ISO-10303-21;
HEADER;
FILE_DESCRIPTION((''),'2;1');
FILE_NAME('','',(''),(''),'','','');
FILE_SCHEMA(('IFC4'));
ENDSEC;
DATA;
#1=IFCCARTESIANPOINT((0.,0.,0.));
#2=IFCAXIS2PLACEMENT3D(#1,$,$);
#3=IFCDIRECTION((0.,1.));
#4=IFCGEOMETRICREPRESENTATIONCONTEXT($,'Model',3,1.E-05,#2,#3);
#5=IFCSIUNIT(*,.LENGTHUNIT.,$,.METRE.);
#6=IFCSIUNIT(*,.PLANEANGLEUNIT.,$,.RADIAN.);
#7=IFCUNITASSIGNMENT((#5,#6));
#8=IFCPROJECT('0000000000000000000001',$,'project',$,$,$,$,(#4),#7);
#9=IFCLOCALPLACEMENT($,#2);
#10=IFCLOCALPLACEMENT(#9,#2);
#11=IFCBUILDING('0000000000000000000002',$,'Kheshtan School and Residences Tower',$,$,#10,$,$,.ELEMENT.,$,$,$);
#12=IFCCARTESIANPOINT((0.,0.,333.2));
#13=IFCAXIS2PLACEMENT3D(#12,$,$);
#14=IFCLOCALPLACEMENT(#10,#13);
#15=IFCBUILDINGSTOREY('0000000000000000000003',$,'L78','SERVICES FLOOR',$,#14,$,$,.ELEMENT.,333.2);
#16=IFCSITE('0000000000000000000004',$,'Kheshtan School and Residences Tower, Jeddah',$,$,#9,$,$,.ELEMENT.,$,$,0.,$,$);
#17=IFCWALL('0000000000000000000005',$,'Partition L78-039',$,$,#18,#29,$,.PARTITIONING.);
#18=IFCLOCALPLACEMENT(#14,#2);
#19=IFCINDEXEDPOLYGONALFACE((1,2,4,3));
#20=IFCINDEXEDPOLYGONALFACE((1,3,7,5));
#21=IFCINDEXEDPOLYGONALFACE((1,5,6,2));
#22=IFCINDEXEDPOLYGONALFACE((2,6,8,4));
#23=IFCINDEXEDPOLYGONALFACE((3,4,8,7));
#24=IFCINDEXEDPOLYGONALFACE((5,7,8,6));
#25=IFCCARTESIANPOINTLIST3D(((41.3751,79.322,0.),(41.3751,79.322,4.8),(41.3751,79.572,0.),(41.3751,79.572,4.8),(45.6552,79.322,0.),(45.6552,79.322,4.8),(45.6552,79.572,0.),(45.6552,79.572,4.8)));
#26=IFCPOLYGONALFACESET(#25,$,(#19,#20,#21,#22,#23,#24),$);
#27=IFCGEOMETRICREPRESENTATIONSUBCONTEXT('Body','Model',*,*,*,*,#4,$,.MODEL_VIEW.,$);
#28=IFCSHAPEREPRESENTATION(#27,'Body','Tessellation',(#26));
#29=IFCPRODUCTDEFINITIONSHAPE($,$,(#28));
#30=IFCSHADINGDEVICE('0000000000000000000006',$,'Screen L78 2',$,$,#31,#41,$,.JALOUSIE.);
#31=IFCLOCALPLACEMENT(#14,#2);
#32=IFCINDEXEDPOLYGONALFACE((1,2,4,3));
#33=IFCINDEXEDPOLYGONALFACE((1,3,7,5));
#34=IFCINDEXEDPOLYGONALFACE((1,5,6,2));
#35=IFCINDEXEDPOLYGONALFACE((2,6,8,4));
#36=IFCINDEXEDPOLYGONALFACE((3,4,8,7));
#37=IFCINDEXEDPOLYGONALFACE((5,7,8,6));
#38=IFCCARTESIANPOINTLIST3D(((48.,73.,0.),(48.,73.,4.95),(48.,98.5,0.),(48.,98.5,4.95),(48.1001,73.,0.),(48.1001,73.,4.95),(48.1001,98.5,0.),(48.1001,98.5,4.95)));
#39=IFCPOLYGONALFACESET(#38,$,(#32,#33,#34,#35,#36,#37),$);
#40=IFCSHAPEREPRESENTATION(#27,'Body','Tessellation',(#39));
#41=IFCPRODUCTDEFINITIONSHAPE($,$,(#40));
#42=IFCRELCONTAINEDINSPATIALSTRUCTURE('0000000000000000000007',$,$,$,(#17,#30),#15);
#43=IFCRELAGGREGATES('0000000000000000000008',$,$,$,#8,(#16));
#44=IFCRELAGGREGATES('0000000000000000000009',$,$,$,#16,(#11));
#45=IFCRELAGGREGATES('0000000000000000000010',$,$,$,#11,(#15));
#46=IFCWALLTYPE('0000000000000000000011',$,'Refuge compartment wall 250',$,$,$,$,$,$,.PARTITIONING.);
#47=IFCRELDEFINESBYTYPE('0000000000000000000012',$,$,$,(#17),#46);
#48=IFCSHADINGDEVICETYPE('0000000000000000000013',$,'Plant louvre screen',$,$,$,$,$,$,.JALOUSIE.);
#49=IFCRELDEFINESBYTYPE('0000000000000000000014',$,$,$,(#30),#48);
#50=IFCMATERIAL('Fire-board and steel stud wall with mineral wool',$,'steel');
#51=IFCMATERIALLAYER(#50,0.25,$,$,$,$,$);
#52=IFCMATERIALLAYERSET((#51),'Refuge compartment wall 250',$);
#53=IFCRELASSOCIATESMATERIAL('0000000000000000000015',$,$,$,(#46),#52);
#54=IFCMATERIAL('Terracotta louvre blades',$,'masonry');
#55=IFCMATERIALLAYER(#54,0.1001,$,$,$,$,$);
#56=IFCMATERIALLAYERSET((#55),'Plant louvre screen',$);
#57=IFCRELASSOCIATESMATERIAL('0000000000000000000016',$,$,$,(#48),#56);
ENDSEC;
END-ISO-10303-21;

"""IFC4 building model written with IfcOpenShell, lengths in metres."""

from ifc_helpers import new_model, si_unit, direction, frame, frame_2d, origin, origin_2d, place, context, subcontext, project, spatial, rectangle, extrude, material, layer, layer_set, type_object, element, save


model = new_model("IFC4")

# Units and contexts
model_context = context("Model", 3, precision=1e-05, world=origin(), true_north=direction((0.0, 1.0)))
body_context = subcontext(model_context, "Body", "Model", "MODEL_VIEW")
ifc_project = project(units=[si_unit("LENGTHUNIT", "METRE"), si_unit("PLANEANGLEUNIT", "RADIAN")], contexts=[model_context])

# Site, building, storey
site_placement = place(None, origin())
site = spatial("IfcSite", under=ifc_project, at=site_placement, Name="Kheshtan School and Residences Tower, Jeddah", CompositionType="ELEMENT", RefElevation=0.0)
building_placement = place(site_placement, origin())
building = spatial("IfcBuilding", under=site, at=building_placement, Name="Kheshtan School and Residences Tower", CompositionType="ELEMENT")
storey_placement = place(building_placement, frame((0.0, 0.0, 333.2)))
storey = spatial("IfcBuildingStorey", under=building, at=storey_placement, Name="L78", Description="SERVICES FLOOR", CompositionType="ELEMENT", Elevation=333.2)

# Wall
ifc_material_1 = material(Name="Fire-board and steel stud wall with mineral wool", Category="steel")
ifc_layer_1 = layer(ifc_material_1, 0.25)
ifc_layer_set_1 = layer_set([ifc_layer_1], Name="Refuge compartment wall 250")
wall_type_1 = type_object("IfcWallType", Name="Refuge compartment wall 250", PredefinedType="PARTITIONING", material=ifc_layer_set_1)
wall_1_placement = place(storey_placement, frame((41.375, 79.447, 0.0), z_axis=(0.0, 0.0, 1.0), x_axis=(1.0, 0.0, 0.0)))
element("IfcWall", 1, at=wall_1_placement, inside=storey, type_object=wall_type_1, Name="Partition L78-039", PredefinedType="PARTITIONING", context=body_context, shape_type="SweptSolid", body=[
    extrude(rectangle(XDim=4.28, YDim=0.25, at=frame_2d((2.1401, 0.0))), origin(), (0.0, 0.0, 1.0), 4.8),
])

# Shading device
ifc_material_2 = material(Name="Terracotta louvre blades", Category="masonry")
ifc_layer_2 = layer(ifc_material_2, 0.1001)
ifc_layer_set_2 = layer_set([ifc_layer_2], Name="Plant louvre screen")
shading_device_type = type_object("IfcShadingDeviceType", Name="Plant louvre screen", PredefinedType="JALOUSIE", material=ifc_layer_set_2)
shading_device_placement = place(storey_placement, frame((48.05, 85.75, 0.0), z_axis=(0.0, 0.0, 1.0), x_axis=(0.0, -1.0, 0.0)))
element("IfcShadingDevice", 2, at=shading_device_placement, inside=storey, type_object=shading_device_type, Name="Screen L78 2", PredefinedType="JALOUSIE", context=body_context, shape_type="SweptSolid", body=[
    extrude(rectangle(XDim=25.5, YDim=0.1001, at=origin_2d()), origin(), (0.0, 0.0, 1.0), 4.95),
])

save(model, "model.ifc")
